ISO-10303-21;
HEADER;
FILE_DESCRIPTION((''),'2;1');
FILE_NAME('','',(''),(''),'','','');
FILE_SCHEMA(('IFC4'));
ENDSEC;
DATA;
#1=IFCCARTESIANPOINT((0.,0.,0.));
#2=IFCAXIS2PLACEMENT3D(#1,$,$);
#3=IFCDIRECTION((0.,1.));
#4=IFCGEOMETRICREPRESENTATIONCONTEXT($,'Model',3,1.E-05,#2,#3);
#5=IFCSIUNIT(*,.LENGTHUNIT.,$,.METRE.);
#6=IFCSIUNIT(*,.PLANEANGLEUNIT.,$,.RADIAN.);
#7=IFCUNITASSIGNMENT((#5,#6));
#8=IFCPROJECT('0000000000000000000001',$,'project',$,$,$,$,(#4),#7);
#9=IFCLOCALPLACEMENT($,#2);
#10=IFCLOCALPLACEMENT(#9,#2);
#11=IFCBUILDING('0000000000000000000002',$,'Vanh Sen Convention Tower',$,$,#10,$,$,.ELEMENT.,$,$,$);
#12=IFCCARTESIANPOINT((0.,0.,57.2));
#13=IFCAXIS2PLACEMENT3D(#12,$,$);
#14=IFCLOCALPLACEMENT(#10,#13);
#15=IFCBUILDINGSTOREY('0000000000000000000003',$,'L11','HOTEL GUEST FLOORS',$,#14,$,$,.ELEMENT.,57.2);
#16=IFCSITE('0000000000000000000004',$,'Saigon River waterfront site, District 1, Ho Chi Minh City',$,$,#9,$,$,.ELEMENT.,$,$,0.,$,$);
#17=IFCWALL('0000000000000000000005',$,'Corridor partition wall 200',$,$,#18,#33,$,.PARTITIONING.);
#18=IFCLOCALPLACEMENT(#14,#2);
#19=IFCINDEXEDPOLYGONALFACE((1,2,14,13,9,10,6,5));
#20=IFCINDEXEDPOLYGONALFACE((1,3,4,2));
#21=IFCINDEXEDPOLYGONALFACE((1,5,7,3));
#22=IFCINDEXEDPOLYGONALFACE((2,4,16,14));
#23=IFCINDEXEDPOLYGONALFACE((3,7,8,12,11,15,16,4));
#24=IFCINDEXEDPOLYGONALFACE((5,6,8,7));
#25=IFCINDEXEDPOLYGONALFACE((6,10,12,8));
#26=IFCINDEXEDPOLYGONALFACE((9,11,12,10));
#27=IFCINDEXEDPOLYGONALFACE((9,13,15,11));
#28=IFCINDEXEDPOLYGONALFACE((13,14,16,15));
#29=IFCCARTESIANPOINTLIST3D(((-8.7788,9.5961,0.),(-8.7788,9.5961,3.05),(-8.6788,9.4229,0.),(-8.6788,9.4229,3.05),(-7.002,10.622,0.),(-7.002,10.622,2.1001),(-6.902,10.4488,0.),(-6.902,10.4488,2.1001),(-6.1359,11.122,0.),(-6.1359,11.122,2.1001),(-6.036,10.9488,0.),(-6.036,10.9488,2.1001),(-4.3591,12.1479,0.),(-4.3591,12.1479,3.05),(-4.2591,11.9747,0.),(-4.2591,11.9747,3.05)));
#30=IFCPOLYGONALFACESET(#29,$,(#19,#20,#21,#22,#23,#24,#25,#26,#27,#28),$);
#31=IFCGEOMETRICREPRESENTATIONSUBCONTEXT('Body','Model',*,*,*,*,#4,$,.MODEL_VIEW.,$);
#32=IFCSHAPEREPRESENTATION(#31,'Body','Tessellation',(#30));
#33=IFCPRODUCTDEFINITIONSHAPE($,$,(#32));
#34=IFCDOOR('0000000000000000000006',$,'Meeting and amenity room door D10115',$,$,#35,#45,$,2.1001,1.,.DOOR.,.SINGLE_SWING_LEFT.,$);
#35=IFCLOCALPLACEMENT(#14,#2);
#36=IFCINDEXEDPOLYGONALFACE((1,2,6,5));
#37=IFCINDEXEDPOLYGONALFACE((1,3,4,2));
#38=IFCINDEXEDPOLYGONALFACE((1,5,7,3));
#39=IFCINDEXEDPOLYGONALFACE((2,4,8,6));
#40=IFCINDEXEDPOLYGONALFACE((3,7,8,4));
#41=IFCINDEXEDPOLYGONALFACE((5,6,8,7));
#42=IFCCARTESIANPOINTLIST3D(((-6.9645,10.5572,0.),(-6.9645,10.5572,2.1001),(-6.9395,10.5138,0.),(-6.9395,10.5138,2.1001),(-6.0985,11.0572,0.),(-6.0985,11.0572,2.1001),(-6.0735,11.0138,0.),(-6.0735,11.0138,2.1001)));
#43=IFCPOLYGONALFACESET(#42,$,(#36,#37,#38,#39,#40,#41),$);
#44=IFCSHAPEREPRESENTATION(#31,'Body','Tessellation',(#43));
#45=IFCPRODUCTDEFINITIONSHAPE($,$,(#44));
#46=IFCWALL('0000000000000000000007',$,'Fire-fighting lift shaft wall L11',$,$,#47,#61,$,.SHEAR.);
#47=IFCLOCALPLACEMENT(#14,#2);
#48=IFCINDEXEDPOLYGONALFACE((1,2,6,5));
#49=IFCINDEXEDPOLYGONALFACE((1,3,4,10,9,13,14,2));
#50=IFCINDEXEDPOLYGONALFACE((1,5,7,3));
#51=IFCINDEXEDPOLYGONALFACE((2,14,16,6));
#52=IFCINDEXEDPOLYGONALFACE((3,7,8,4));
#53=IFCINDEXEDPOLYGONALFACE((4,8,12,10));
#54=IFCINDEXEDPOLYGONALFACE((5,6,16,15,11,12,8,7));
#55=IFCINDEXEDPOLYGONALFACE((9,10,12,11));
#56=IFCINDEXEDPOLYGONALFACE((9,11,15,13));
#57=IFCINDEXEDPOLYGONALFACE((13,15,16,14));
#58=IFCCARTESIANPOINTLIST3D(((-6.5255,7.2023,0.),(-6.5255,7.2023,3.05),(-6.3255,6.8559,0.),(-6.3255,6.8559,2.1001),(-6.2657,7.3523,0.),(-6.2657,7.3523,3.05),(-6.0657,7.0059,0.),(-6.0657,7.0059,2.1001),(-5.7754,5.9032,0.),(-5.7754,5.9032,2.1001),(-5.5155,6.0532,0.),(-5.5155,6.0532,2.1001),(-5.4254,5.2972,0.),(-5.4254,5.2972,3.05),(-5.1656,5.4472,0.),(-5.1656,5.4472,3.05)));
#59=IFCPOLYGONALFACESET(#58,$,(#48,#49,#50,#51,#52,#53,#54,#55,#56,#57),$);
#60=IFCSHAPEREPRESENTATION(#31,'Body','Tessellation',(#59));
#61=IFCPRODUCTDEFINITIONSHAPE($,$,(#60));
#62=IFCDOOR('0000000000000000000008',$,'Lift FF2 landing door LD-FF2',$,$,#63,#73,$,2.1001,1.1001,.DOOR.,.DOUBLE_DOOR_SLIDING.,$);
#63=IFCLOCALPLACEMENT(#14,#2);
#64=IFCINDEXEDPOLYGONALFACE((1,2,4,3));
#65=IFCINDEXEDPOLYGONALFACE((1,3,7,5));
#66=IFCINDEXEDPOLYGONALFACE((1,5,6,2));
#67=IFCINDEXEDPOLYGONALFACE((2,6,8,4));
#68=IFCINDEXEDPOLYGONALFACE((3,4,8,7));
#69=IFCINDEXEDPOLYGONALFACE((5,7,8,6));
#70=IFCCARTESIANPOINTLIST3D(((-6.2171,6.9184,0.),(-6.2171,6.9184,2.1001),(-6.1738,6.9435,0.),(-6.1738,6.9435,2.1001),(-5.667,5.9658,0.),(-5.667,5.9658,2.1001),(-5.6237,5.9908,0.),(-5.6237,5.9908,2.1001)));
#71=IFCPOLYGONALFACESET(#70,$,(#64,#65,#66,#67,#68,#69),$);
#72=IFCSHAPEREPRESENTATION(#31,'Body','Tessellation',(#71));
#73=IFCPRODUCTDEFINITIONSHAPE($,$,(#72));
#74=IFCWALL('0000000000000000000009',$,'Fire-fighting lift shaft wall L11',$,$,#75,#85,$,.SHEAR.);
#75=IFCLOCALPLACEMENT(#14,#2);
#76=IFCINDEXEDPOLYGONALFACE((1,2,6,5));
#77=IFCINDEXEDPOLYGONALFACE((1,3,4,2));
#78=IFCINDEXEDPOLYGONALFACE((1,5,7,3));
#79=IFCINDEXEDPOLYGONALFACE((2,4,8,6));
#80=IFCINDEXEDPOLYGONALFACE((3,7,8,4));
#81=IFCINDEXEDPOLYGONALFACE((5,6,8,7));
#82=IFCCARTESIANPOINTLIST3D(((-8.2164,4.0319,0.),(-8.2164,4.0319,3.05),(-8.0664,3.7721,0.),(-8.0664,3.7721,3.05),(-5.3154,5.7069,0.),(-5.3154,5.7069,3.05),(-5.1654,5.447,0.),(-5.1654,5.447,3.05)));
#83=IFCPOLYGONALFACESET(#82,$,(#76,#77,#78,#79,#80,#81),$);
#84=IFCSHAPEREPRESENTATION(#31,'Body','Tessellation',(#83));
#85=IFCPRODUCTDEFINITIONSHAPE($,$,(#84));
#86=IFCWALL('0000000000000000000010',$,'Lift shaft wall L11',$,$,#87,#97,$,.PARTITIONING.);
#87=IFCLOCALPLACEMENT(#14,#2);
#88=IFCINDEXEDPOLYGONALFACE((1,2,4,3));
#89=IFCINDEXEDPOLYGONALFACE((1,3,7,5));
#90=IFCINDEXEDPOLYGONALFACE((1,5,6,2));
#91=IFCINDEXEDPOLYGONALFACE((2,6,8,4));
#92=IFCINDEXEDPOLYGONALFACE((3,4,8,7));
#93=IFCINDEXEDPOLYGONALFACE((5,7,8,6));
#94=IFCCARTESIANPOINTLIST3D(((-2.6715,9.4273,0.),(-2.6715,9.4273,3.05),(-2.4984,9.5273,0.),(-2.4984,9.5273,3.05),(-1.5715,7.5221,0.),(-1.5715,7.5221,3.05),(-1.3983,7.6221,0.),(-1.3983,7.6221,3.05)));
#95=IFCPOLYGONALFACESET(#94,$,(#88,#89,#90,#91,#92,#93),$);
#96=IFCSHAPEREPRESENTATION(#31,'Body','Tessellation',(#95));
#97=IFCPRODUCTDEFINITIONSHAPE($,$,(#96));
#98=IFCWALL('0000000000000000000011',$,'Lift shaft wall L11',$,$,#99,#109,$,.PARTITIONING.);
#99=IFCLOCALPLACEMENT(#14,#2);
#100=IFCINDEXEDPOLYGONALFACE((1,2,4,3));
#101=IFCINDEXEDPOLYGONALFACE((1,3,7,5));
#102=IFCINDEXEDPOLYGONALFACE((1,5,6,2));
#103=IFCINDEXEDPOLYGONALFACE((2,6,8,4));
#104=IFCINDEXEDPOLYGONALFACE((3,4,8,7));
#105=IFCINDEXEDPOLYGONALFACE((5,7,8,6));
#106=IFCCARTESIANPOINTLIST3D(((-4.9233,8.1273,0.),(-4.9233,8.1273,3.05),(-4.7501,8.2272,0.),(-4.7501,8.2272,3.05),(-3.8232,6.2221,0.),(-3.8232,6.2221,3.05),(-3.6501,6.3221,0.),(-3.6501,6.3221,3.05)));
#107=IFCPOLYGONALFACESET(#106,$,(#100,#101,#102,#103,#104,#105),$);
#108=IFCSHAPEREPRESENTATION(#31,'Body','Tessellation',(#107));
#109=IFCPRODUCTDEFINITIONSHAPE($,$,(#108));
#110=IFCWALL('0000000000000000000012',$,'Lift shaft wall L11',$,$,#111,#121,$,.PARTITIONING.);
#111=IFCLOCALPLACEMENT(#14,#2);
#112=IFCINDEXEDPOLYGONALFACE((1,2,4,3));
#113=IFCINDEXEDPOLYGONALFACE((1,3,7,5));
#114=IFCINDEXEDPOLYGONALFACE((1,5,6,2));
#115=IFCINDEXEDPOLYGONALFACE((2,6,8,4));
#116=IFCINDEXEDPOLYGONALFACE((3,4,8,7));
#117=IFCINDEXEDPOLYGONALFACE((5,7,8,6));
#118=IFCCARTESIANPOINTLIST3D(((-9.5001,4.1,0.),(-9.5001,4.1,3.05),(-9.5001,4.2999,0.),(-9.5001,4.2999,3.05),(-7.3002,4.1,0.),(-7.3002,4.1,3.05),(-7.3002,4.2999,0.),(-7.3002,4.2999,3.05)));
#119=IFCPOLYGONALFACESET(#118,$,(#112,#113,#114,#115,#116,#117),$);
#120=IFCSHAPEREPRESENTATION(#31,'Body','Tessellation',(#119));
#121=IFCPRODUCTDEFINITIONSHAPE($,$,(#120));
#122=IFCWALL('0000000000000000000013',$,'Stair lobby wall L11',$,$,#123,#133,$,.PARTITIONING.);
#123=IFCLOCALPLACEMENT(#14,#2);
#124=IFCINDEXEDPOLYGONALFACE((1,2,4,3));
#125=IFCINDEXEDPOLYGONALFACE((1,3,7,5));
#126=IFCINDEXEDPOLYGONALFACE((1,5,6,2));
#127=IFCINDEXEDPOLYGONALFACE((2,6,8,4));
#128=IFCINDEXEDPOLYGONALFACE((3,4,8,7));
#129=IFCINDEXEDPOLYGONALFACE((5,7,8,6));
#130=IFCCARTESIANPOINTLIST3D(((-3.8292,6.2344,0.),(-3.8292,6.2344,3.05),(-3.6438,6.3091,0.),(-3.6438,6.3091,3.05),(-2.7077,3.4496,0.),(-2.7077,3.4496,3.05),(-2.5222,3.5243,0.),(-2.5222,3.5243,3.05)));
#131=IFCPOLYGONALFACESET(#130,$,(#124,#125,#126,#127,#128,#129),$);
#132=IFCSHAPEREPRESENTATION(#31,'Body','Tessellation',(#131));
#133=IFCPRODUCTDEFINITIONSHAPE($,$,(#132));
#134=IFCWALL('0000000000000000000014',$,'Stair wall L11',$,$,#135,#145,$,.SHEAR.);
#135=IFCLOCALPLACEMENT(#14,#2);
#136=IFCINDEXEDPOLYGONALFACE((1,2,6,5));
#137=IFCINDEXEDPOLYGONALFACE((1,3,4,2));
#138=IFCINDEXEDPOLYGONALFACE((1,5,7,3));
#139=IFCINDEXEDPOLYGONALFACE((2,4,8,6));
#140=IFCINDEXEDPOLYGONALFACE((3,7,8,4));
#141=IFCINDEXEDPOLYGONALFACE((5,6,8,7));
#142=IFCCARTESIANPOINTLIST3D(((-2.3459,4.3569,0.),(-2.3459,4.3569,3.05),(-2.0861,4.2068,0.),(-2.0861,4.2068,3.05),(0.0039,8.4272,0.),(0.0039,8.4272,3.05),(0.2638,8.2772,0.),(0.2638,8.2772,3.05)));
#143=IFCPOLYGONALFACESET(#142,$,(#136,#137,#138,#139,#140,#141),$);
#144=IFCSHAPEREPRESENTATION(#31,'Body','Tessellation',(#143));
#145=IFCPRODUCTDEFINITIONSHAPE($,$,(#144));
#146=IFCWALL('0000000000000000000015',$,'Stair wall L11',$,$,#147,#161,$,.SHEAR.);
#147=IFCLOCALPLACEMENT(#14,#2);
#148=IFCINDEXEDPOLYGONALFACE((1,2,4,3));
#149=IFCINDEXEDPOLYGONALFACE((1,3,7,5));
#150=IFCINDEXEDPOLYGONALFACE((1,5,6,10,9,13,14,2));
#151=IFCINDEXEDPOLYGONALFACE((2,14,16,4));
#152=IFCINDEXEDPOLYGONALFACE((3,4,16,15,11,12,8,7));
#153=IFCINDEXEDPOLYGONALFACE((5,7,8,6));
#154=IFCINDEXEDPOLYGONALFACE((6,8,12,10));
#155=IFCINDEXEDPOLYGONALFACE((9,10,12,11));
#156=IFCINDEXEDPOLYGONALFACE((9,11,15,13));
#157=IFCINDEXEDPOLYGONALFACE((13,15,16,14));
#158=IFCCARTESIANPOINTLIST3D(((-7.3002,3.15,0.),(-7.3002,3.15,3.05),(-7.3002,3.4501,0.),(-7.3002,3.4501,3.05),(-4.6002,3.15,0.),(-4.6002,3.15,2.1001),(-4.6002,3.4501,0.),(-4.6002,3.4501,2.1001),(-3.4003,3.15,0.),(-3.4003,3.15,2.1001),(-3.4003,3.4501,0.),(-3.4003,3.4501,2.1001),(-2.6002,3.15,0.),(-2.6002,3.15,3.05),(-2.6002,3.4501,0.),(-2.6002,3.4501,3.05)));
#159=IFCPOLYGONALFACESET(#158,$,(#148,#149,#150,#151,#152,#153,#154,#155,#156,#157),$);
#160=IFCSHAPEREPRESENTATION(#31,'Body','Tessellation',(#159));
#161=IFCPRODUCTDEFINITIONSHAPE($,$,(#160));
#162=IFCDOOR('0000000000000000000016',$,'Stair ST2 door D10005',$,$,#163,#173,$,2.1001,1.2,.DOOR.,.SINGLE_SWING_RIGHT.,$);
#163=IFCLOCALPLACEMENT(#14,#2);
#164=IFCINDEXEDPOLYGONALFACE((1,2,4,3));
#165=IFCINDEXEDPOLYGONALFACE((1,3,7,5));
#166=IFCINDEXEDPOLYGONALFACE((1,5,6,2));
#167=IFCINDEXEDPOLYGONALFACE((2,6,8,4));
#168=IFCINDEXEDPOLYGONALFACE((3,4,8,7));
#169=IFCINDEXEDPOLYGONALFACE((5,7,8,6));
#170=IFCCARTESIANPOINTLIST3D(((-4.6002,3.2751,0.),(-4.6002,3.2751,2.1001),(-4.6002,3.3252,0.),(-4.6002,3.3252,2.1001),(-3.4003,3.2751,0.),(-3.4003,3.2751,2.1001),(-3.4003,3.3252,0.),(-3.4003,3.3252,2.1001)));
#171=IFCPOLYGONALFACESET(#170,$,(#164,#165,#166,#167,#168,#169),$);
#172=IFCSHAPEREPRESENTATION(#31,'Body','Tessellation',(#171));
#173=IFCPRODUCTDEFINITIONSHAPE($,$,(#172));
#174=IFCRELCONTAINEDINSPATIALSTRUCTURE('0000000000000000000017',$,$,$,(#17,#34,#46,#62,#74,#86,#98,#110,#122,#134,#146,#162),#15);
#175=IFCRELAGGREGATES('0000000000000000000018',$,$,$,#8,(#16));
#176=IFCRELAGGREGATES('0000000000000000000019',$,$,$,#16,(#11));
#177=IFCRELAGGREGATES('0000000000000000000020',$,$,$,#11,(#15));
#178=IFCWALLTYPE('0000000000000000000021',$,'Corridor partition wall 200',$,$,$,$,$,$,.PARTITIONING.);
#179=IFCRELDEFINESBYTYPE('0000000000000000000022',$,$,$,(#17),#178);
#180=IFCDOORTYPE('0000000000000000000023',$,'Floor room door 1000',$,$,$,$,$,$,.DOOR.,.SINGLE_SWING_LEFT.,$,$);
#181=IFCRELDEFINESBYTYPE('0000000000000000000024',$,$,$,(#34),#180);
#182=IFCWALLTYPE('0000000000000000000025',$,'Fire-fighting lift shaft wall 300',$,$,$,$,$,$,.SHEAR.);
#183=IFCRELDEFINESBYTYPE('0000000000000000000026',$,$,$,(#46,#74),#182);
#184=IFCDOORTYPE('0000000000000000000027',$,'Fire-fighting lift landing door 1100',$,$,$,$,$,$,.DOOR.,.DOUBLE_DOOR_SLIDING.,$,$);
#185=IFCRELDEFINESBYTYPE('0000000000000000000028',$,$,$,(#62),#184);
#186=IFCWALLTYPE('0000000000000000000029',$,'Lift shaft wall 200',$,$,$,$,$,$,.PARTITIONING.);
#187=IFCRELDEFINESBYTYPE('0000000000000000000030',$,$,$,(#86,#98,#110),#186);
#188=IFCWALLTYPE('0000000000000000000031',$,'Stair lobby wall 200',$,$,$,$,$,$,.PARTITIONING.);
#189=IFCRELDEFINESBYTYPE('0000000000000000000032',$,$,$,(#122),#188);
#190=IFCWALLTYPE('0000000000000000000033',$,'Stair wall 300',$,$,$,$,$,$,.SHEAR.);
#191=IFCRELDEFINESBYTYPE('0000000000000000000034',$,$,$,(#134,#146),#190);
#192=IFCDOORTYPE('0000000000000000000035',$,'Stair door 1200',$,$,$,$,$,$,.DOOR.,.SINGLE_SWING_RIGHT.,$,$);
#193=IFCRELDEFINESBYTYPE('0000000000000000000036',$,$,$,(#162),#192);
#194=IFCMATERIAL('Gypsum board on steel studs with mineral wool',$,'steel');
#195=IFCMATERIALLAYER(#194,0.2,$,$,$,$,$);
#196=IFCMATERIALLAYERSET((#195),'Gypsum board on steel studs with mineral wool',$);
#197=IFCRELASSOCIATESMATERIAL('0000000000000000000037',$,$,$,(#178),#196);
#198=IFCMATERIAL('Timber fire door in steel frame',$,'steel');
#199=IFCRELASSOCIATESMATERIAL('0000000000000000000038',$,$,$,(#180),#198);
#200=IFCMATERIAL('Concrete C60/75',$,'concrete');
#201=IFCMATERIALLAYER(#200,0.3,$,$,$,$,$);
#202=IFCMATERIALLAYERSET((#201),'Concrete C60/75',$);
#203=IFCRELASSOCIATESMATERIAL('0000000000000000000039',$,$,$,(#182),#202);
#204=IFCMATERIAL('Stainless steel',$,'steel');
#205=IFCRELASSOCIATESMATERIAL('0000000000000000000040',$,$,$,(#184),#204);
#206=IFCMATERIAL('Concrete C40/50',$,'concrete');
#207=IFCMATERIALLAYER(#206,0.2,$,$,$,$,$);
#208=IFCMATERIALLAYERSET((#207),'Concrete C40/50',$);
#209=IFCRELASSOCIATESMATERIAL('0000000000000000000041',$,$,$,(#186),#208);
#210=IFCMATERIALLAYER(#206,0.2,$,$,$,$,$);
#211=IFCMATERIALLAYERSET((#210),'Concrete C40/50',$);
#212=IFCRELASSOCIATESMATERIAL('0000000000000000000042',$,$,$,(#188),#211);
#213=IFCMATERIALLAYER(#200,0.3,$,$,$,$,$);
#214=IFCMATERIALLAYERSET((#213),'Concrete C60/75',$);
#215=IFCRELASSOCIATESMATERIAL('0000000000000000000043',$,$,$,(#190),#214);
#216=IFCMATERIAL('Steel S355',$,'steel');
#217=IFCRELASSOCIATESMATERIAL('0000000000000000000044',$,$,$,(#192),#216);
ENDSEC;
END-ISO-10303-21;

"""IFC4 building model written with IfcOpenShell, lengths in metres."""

from ifc_helpers import new_model, si_unit, direction, frame, frame_2d, origin, place, context, subcontext, project, spatial, rectangle, extrude, material, layer, layer_set, type_object, element, fill, save


model = new_model("IFC4")

# Units and contexts
model_context = context("Model", 3, precision=1e-05, world=origin(), true_north=direction((0.0, 1.0)))
body_context = subcontext(model_context, "Body", "Model", "MODEL_VIEW")
ifc_project = project(units=[si_unit("LENGTHUNIT", "METRE"), si_unit("PLANEANGLEUNIT", "RADIAN")], contexts=[model_context])

# Site, building, storey
site_placement = place(None, origin())
site = spatial("IfcSite", under=ifc_project, at=site_placement, Name="Saigon River waterfront site, District 1, Ho Chi Minh City", CompositionType="ELEMENT", RefElevation=0.0)
building_placement = place(site_placement, origin())
building = spatial("IfcBuilding", under=site, at=building_placement, Name="Vanh Sen Convention Tower", CompositionType="ELEMENT")
storey_placement = place(building_placement, frame((0.0, 0.0, 57.2)))
storey = spatial("IfcBuildingStorey", under=building, at=storey_placement, Name="L11", Description="HOTEL GUEST FLOORS", CompositionType="ELEMENT", Elevation=57.2)

# Walls, openings, doors
ifc_material_1 = material(Name="Gypsum board on steel studs with mineral wool", Category="steel")
ifc_layer_1 = layer(ifc_material_1, 0.2)
ifc_layer_set_1 = layer_set([ifc_layer_1], Name="Gypsum board on steel studs with mineral wool")
wall_type_1 = type_object("IfcWallType", Name="Corridor partition wall 200", PredefinedType="PARTITIONING", material=ifc_layer_set_1)
wall_1_placement = place(storey_placement, frame((-4.3091, 12.0613, 0.0), z_axis=(0.0, 0.0, 1.0), x_axis=(-0.866021, -0.500008, 0.0)))
wall_1 = element("IfcWall", 1, at=wall_1_placement, inside=storey, type_object=wall_type_1, Name="Corridor partition wall 200", PredefinedType="PARTITIONING", context=body_context, shape_type="SweptSolid", body=[
    extrude(rectangle(XDim=5.1035, YDim=0.2, at=frame_2d((2.5518, 0.0))), origin(), (0.0, 0.0, 1.0), 3.05),
])
opening_1_placement = place(wall_1_placement, frame((2.0518, 0.0, 0.0)))
opening_1 = element("IfcOpeningElement", 2, at=opening_1_placement, cuts=wall_1, PredefinedType="OPENING", context=body_context, shape_type="SweptSolid", body=[
    extrude(rectangle(XDim=1.0, YDim=2.1001, at=frame_2d((0.5, 1.05))), frame((0.0, 0.1099, 0.0), z_axis=(0.0, -1.0, 0.0), x_axis=(1.0, 0.0, 0.0)), (0.0, 0.0, 1.0), 0.22),
])
ifc_material_2 = material(Name="Timber fire door in steel frame", Category="steel")
door_type_1 = type_object("IfcDoorType", Name="Floor room door 1000", OperationType="SINGLE_SWING_LEFT", PredefinedType="DOOR", material=ifc_material_2)
door_1_placement = place(opening_1_placement, origin())
door_1 = element("IfcDoor", 3, at=door_1_placement, inside=storey, type_object=door_type_1, Name="Meeting and amenity room door D10115", OperationType="SINGLE_SWING_LEFT", OverallHeight=2.1001, OverallWidth=1.0, PredefinedType="DOOR", context=body_context, shape_type="SweptSolid", body=[
    extrude(rectangle(XDim=1.0, YDim=2.1001, at=frame_2d((0.5, 1.05))), frame((0.0, 0.0249, 0.0), z_axis=(0.0, -1.0, 0.0), x_axis=(1.0, 0.0, 0.0)), (0.0, 0.0, 1.0), 0.05),
])
fill(opening_1, door_1)
ifc_material_3 = material(Name="Concrete C60/75", Category="concrete")
ifc_layer_2 = layer(ifc_material_3, 0.3)
ifc_layer_set_2 = layer_set([ifc_layer_2], Name="Concrete C60/75")
wall_type_2 = type_object("IfcWallType", Name="Fire-fighting lift shaft wall 300", PredefinedType="SHEAR", material=ifc_layer_set_2)
wall_2_placement = place(storey_placement, frame((-5.2954, 5.3721, 0.0), z_axis=(0.0, 0.0, 1.0), x_axis=(-0.500078, 0.86598, 0.0)))
wall_2 = element("IfcWall", 4, at=wall_2_placement, inside=storey, type_object=wall_type_2, Name="Fire-fighting lift shaft wall L11", PredefinedType="SHEAR", context=body_context, shape_type="SweptSolid", body=[
    extrude(rectangle(XDim=2.2, YDim=0.3, at=frame_2d((1.1001, 0.0))), origin(), (0.0, 0.0, 1.0), 3.05),
])
opening_2_placement = place(wall_2_placement, frame((0.7, 0.0, 0.0)))
opening_2 = element("IfcOpeningElement", 5, at=opening_2_placement, cuts=wall_2, PredefinedType="OPENING", context=body_context, shape_type="SweptSolid", body=[
    extrude(rectangle(XDim=1.1001, YDim=2.1001, at=frame_2d((0.55, 1.05))), frame((0.0, 0.1599, 0.0), z_axis=(0.0, -1.0, 0.0), x_axis=(1.0, 0.0, 0.0)), (0.0, 0.0, 1.0), 0.3201),
])
ifc_material_4 = material(Name="Stainless steel", Category="steel")
door_type_2 = type_object("IfcDoorType", Name="Fire-fighting lift landing door 1100", OperationType="DOUBLE_DOOR_SLIDING", PredefinedType="DOOR", material=ifc_material_4)
door_2_placement = place(opening_2_placement, origin())
door_2 = element("IfcDoor", 6, at=door_2_placement, inside=storey, type_object=door_type_2, Name="Lift FF2 landing door LD-FF2", OperationType="DOUBLE_DOOR_SLIDING", OverallHeight=2.1001, OverallWidth=1.1001, PredefinedType="DOOR", context=body_context, shape_type="SweptSolid", body=[
    extrude(rectangle(XDim=1.1001, YDim=2.1001, at=frame_2d((0.55, 1.05))), frame((0.0, 0.0249, 0.0), z_axis=(0.0, -1.0, 0.0), x_axis=(1.0, 0.0, 0.0)), (0.0, 0.0, 1.0), 0.05),
])
fill(opening_2, door_2)

# Walls
wall_3_placement = place(storey_placement, frame((-5.2405, 5.5769, 0.0), z_axis=(0.0, 0.0, 1.0), x_axis=(-0.866014, -0.500019, 0.0)))
element("IfcWall", 7, at=wall_3_placement, inside=storey, type_object=wall_type_2, Name="Fire-fighting lift shaft wall L11", PredefinedType="SHEAR", context=body_context, shape_type="SweptSolid", body=[
    extrude(rectangle(XDim=3.3499, YDim=0.3, at=frame_2d((1.6748, 0.0))), origin(), (0.0, 0.0, 1.0), 3.05),
])
ifc_material_5 = material(Name="Concrete C40/50", Category="concrete")
ifc_layer_3 = layer(ifc_material_5, 0.2)
ifc_layer_set_3 = layer_set([ifc_layer_3], Name="Concrete C40/50")
wall_type_3 = type_object("IfcWallType", Name="Lift shaft wall 200", PredefinedType="PARTITIONING", material=ifc_layer_set_3)
for number, where, z_axis, x_axis, name in (
    (8, (-1.4849, 7.572, 0.0), (0.0, 0.0, 1.0), (-0.50003, 0.866008, 0.0), "Lift shaft wall L11"),
    (9, (-3.7366, 6.272, 0.0), (0.0, 0.0, 1.0), (-0.50003, 0.866008, 0.0), "Lift shaft wall L11"),
    (10, (-7.3, 4.2, 0.0), (0.0, 0.0, 1.0), (-1.0, 0.0, 0.0), "Lift shaft wall L11"),
):
    element("IfcWall", number, at=place(storey_placement, frame(where, z_axis=z_axis, x_axis=x_axis)), inside=storey, type_object=wall_type_3, Name=name, PredefinedType="PARTITIONING", context=body_context, shape_type="SweptSolid", body=[
        extrude(rectangle(XDim=2.2, YDim=0.2, at=frame_2d((1.1001, 0.0))), origin(), (0.0, 0.0, 1.0), 3.05),
    ])
ifc_layer_4 = layer(ifc_material_5, 0.2)
ifc_layer_set_4 = layer_set([ifc_layer_4], Name="Concrete C40/50")
wall_type_4 = type_object("IfcWallType", Name="Stair lobby wall 200", PredefinedType="PARTITIONING", material=ifc_layer_set_4)
wall_4_placement = place(storey_placement, frame((-2.615, 3.4871, 0.0), z_axis=(0.0, 0.0, 1.0), x_axis=(-0.373577, 0.927599, 0.0)))
element("IfcWall", 11, at=wall_4_placement, inside=storey, type_object=wall_type_4, Name="Stair lobby wall L11", PredefinedType="PARTITIONING", context=body_context, shape_type="SweptSolid", body=[
    extrude(rectangle(XDim=3.0022, YDim=0.2, at=frame_2d((1.501, 0.0))), origin(), (0.0, 0.0, 1.0), 3.05),
])
ifc_layer_5 = layer(ifc_material_3, 0.3)
ifc_layer_set_5 = layer_set([ifc_layer_5], Name="Concrete C60/75")
wall_type_5 = type_object("IfcWallType", Name="Stair wall 300", PredefinedType="SHEAR", material=ifc_layer_set_5)
wall_5_placement = place(storey_placement, frame((-2.2161, 4.2817, 0.0), z_axis=(0.0, 0.0, 1.0), x_axis=(0.499977, 0.866039, 0.0)))
element("IfcWall", 12, at=wall_5_placement, inside=storey, type_object=wall_type_5, Name="Stair wall L11", PredefinedType="SHEAR", context=body_context, shape_type="SweptSolid", body=[
    extrude(rectangle(XDim=4.7, YDim=0.3, at=frame_2d((2.3501, 0.0))), origin(), (0.0, 0.0, 1.0), 3.05),
])

# Wall, opening, door
wall_6_placement = place(storey_placement, frame((-2.6001, 3.3, 0.0), z_axis=(0.0, 0.0, 1.0), x_axis=(-1.0, 0.0, 0.0)))
wall_6 = element("IfcWall", 13, at=wall_6_placement, inside=storey, type_object=wall_type_5, Name="Stair wall L11", PredefinedType="SHEAR", context=body_context, shape_type="SweptSolid", body=[
    extrude(rectangle(XDim=4.7, YDim=0.3, at=frame_2d((2.3501, 0.0))), origin(), (0.0, 0.0, 1.0), 3.05),
])
opening_3_placement = place(wall_6_placement, frame((0.8, 0.0, 0.0)))
opening_3 = element("IfcOpeningElement", 14, at=opening_3_placement, cuts=wall_6, PredefinedType="OPENING", context=body_context, shape_type="SweptSolid", body=[
    extrude(rectangle(XDim=1.2, YDim=2.1001, at=frame_2d((0.6001, 1.05))), frame((0.0, 0.1599, 0.0), z_axis=(0.0, -1.0, 0.0), x_axis=(1.0, 0.0, 0.0)), (0.0, 0.0, 1.0), 0.3201),
])
ifc_material_6 = material(Name="Steel S355", Category="steel")
door_type_3 = type_object("IfcDoorType", Name="Stair door 1200", OperationType="SINGLE_SWING_RIGHT", PredefinedType="DOOR", material=ifc_material_6)
door_3_placement = place(opening_3_placement, origin())
door_3 = element("IfcDoor", 15, at=door_3_placement, inside=storey, type_object=door_type_3, Name="Stair ST2 door D10005", OperationType="SINGLE_SWING_RIGHT", OverallHeight=2.1001, OverallWidth=1.2, PredefinedType="DOOR", context=body_context, shape_type="SweptSolid", body=[
    extrude(rectangle(XDim=1.2, YDim=2.1001, at=frame_2d((0.6001, 1.05))), frame((0.0, 0.0249, 0.0), z_axis=(0.0, -1.0, 0.0), x_axis=(1.0, 0.0, 0.0)), (0.0, 0.0, 1.0), 0.05),
])
fill(opening_3, door_3)

save(model, "model.ifc")
